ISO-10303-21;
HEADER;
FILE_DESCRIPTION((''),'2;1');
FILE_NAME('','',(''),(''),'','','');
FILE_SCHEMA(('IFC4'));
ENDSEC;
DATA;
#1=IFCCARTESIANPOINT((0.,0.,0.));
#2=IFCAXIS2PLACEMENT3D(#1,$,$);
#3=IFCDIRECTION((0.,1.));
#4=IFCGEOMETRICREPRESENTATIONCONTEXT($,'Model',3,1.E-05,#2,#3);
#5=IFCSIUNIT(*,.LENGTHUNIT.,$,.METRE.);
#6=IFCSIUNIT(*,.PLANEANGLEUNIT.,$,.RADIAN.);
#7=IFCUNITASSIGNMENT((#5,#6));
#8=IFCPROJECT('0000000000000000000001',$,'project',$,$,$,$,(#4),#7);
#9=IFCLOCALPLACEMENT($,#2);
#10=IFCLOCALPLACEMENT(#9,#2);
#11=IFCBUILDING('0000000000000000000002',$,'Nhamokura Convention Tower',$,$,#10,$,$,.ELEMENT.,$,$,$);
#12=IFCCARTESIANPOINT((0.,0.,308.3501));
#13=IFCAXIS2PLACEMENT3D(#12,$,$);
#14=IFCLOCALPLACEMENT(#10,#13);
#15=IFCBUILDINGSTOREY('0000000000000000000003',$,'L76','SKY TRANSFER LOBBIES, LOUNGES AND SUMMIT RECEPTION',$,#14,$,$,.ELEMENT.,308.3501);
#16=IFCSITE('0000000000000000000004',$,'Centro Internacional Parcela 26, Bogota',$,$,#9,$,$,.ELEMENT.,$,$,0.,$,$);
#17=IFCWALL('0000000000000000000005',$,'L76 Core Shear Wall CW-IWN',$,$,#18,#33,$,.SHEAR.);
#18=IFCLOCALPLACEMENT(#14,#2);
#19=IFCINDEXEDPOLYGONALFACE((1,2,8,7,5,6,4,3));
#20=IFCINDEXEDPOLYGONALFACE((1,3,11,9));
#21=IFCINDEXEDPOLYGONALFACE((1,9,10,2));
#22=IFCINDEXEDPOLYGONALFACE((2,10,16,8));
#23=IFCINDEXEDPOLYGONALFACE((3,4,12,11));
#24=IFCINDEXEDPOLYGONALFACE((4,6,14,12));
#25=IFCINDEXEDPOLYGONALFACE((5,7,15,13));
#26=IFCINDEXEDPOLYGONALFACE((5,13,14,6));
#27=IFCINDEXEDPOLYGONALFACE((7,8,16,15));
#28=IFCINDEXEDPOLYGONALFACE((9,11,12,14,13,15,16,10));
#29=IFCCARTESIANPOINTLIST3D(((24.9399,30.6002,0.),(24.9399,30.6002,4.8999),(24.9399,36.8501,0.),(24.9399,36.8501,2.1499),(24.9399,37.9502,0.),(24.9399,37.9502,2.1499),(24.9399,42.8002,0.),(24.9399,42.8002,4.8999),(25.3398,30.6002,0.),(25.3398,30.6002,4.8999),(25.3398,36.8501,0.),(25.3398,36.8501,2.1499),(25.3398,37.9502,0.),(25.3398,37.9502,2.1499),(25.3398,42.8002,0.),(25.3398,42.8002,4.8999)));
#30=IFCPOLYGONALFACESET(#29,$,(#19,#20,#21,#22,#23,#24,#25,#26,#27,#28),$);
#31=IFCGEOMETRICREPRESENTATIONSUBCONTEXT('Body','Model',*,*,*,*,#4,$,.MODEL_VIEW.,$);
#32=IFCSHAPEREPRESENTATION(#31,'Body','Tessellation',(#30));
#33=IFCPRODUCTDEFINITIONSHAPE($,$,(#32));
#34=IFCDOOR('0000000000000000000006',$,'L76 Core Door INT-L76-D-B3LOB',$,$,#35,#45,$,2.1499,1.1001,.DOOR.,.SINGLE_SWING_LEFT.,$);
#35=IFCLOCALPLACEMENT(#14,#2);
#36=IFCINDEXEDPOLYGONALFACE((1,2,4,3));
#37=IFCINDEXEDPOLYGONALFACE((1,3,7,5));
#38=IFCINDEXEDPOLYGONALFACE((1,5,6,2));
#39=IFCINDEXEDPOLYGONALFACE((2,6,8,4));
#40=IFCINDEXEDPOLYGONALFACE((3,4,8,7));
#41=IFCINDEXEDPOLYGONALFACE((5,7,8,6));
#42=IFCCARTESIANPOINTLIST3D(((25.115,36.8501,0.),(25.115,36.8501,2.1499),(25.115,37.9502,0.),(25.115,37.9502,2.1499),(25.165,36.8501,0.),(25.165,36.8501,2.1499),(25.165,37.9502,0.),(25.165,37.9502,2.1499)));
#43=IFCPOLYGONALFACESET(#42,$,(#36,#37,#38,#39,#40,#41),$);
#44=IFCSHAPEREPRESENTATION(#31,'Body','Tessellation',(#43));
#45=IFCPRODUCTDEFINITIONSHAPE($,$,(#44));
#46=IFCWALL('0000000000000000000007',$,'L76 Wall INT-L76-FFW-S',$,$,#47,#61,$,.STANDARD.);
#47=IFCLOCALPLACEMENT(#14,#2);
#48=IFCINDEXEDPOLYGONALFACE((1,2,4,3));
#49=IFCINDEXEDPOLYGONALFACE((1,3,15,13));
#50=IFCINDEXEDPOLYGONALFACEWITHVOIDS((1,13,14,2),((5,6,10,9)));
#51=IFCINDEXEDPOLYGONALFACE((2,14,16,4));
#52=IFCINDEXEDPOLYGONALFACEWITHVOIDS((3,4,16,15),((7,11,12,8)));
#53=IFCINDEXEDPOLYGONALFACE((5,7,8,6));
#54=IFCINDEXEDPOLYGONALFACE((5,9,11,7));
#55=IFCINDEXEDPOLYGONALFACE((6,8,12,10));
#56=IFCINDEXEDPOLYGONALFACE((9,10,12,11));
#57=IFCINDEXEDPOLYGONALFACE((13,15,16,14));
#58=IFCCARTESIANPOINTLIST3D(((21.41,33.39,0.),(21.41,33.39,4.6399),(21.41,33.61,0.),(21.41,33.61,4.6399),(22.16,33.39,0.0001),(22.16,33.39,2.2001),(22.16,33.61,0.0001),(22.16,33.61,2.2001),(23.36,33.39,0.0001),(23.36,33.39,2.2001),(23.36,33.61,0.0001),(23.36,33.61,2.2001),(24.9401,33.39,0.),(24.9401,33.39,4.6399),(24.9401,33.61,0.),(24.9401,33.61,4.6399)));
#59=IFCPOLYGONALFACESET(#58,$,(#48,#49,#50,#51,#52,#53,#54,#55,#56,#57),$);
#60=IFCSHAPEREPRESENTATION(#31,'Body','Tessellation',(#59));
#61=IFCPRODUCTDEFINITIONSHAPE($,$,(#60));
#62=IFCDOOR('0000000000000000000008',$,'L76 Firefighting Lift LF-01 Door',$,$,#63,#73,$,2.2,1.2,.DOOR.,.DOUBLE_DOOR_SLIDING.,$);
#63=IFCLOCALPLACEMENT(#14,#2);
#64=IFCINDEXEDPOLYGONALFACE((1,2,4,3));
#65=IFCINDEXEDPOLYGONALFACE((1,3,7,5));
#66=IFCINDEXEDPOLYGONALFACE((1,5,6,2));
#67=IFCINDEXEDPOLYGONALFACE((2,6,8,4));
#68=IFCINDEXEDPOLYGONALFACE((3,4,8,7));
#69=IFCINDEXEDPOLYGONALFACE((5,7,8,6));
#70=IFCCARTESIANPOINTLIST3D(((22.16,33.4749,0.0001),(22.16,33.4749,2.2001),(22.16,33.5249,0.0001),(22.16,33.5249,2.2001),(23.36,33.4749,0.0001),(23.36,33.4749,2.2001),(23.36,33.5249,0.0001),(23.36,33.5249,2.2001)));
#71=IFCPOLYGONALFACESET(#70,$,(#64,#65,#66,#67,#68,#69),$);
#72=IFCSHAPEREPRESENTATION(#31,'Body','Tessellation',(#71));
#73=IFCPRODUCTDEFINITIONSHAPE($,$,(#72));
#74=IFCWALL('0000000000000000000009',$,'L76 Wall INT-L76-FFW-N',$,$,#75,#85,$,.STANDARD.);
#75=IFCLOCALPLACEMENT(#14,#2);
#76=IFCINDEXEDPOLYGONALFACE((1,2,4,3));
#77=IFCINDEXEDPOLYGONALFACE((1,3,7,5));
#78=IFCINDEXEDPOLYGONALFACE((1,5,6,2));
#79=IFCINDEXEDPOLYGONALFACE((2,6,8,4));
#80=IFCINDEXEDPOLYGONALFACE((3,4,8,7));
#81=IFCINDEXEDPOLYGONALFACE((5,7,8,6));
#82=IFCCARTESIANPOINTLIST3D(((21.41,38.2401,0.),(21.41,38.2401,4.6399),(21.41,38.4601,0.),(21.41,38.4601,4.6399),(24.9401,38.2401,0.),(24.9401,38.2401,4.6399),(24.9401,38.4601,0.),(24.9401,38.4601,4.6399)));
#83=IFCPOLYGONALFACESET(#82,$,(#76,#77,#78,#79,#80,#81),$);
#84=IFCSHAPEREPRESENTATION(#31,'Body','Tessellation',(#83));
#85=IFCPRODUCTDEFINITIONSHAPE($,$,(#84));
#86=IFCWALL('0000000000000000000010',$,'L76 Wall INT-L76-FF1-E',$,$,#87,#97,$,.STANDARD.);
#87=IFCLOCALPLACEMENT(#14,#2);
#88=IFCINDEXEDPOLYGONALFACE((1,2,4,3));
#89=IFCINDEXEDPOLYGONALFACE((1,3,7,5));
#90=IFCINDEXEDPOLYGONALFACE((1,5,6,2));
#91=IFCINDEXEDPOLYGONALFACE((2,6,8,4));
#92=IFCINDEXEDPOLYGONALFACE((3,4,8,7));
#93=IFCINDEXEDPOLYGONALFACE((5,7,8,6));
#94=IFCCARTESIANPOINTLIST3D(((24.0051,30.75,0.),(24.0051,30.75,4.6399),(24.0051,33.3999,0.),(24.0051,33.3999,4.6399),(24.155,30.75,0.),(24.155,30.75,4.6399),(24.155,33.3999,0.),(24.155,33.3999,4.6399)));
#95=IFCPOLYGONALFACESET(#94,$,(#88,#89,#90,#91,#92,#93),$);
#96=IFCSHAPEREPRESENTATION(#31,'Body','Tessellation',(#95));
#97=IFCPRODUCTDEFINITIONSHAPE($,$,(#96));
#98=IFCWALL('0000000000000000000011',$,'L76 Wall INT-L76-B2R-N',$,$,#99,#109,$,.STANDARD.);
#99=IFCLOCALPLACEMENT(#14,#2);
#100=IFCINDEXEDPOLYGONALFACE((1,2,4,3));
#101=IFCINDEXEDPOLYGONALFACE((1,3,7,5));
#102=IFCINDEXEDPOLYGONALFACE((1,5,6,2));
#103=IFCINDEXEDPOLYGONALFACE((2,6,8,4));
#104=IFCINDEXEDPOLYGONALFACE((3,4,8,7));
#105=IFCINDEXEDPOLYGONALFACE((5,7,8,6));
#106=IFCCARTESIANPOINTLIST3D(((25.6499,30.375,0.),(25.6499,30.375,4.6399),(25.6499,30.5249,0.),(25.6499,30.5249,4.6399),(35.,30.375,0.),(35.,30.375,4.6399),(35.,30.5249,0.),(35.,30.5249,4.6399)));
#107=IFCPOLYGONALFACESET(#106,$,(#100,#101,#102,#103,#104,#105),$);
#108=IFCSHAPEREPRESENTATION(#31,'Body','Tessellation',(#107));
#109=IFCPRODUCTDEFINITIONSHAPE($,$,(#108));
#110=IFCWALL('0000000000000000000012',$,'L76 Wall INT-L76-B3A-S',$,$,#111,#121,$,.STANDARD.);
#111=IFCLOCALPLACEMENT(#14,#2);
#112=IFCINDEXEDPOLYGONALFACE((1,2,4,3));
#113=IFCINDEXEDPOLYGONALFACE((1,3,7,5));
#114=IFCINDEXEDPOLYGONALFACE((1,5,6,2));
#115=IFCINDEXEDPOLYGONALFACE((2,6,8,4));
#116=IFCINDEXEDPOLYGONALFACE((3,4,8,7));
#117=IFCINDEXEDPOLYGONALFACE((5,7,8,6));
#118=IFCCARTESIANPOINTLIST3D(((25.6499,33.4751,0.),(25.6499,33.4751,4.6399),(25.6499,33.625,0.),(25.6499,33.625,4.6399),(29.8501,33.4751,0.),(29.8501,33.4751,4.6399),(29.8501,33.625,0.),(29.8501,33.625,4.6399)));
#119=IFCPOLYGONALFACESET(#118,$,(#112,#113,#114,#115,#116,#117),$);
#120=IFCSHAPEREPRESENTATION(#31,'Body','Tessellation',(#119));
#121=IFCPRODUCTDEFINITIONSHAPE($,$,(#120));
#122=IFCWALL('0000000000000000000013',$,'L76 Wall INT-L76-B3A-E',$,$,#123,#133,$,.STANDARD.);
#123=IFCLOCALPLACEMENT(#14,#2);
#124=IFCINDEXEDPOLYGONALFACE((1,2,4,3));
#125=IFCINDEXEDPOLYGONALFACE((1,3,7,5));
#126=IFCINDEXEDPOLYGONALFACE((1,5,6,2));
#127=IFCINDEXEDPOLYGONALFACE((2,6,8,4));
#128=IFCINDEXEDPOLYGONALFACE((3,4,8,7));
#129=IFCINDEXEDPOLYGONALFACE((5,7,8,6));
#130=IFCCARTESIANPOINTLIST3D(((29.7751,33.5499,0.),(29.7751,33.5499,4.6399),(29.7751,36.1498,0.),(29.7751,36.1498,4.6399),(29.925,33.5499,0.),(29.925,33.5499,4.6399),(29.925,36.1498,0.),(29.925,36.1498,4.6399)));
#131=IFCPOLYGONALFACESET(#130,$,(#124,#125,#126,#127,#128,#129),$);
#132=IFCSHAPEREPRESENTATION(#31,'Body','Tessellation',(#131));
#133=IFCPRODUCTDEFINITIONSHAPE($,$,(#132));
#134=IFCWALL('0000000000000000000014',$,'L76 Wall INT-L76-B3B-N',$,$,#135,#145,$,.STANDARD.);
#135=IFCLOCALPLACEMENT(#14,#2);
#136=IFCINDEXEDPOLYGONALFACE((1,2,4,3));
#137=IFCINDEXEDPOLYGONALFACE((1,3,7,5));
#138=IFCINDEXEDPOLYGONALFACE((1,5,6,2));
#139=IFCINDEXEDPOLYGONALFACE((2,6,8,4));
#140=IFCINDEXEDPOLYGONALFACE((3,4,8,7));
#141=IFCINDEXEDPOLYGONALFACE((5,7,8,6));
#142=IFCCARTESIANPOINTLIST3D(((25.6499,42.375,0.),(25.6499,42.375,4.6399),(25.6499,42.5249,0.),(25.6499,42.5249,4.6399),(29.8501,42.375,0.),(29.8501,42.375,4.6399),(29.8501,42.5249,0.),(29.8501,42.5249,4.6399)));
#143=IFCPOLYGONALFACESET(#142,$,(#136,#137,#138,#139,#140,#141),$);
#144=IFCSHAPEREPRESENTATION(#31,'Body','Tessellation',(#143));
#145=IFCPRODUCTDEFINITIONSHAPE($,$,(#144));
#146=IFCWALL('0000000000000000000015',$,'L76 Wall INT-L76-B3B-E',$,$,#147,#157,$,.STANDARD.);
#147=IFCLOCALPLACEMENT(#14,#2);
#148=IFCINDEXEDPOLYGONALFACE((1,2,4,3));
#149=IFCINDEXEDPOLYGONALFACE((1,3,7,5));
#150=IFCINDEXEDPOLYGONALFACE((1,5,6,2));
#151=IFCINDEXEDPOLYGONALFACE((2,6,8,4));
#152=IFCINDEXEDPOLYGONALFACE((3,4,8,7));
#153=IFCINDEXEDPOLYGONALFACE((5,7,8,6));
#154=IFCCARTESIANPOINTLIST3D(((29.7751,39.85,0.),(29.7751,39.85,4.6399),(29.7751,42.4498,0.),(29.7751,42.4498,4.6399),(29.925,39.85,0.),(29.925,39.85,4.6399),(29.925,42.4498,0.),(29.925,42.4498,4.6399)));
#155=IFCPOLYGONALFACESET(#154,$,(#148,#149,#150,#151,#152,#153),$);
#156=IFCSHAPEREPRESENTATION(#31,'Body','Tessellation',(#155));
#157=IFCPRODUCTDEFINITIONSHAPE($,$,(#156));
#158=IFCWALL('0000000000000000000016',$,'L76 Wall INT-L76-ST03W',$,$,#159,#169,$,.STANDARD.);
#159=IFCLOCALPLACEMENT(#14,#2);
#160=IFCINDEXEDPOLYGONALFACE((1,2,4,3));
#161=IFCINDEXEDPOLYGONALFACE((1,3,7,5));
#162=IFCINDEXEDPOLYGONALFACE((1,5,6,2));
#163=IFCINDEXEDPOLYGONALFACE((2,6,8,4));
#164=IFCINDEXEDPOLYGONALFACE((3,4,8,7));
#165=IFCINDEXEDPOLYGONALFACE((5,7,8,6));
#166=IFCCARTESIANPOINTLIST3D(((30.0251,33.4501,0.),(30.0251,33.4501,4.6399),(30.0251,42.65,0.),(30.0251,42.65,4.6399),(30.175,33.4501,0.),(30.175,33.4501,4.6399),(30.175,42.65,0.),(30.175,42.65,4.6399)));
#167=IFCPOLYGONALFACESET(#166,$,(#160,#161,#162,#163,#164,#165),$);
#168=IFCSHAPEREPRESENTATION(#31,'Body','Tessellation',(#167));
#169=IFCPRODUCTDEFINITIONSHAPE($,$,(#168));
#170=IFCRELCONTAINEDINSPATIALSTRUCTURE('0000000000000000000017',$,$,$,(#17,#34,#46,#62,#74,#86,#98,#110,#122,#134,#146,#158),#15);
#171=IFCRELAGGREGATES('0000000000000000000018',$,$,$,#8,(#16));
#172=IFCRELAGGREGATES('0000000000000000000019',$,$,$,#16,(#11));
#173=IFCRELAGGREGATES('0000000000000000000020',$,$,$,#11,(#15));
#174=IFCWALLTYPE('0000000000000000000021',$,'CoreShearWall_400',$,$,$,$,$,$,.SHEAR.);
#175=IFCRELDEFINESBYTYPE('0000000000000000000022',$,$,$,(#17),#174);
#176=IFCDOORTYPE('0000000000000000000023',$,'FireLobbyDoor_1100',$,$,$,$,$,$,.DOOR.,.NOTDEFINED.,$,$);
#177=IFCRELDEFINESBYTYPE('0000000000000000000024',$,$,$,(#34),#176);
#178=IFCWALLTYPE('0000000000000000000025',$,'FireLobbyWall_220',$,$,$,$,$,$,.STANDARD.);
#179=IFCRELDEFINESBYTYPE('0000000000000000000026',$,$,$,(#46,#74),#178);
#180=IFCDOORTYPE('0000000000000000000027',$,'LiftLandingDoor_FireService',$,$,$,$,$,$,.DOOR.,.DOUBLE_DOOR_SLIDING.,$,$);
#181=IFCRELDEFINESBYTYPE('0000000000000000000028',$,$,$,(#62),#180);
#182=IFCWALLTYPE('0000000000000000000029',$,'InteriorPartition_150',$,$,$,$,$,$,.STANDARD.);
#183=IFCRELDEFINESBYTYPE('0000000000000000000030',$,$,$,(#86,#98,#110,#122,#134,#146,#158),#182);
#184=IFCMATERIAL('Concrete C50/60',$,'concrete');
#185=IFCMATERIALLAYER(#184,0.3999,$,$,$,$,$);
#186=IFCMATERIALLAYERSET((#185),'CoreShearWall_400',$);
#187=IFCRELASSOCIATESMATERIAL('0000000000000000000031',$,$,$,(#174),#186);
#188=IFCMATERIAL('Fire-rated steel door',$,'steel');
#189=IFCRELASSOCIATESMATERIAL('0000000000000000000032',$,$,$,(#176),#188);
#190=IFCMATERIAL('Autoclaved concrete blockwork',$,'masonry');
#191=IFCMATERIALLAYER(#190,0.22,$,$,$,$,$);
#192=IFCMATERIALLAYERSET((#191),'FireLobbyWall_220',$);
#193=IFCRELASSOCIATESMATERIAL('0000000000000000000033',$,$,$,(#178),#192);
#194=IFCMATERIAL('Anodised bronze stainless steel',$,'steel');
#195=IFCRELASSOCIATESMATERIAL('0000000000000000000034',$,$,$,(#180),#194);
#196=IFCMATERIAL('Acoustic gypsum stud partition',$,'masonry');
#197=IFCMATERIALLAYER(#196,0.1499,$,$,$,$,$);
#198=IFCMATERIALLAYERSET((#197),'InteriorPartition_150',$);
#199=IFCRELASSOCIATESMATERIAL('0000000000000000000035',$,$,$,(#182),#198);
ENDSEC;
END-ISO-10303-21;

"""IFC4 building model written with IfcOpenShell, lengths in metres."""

from ifc_helpers import new_model, si_unit, direction, frame, frame_2d, origin, place, context, subcontext, project, spatial, rectangle, extrude, material, layer, layer_set, type_object, element, fill, save


model = new_model("IFC4")

# Units and contexts
model_context = context("Model", 3, precision=1e-05, world=origin(), true_north=direction((0.0, 1.0)))
body_context = subcontext(model_context, "Body", "Model", "MODEL_VIEW")
ifc_project = project(units=[si_unit("LENGTHUNIT", "METRE"), si_unit("PLANEANGLEUNIT", "RADIAN")], contexts=[model_context])

# Site, building, storey
site_placement = place(None, origin())
site = spatial("IfcSite", under=ifc_project, at=site_placement, Name="Centro Internacional Parcela 26, Bogota", CompositionType="ELEMENT", RefElevation=0.0)
building_placement = place(site_placement, origin())
building = spatial("IfcBuilding", under=site, at=building_placement, Name="Nhamokura Convention Tower", CompositionType="ELEMENT")
storey_placement = place(building_placement, frame((0.0, 0.0, 308.3501)))
storey = spatial("IfcBuildingStorey", under=building, at=storey_placement, Name="L76", Description="SKY TRANSFER LOBBIES, LOUNGES AND SUMMIT RECEPTION", CompositionType="ELEMENT", Elevation=308.3501)

# Shared definitions
ifc_material_1 = material(Name="Concrete C50/60", Category="concrete")
ifc_layer_1 = layer(ifc_material_1, 0.3999)
ifc_layer_set_1 = layer_set([ifc_layer_1], Name="CoreShearWall_400")
wall_type_1 = type_object("IfcWallType", Name="CoreShearWall_400", PredefinedType="SHEAR", material=ifc_layer_set_1)
ifc_material_2 = material(Name="Fire-rated steel door", Category="steel")
door_type_1 = type_object("IfcDoorType", Name="FireLobbyDoor_1100", OperationType="NOTDEFINED", PredefinedType="DOOR", material=ifc_material_2)

# Walls, openings, doors
wall_1_placement = place(storey_placement, frame((25.1399, 30.6001, 0.0), z_axis=(0.0, 0.0, 1.0), x_axis=(0.0, 1.0, 0.0)))
wall_1 = element("IfcWall", 1, at=wall_1_placement, inside=storey, type_object=wall_type_1, Name="L76 Core Shear Wall CW-IWN", PredefinedType="SHEAR", context=body_context, shape_type="SweptSolid", body=[
    extrude(rectangle(XDim=12.2, YDim=0.3999, at=frame_2d((6.1001, 0.0))), origin(), (0.0, 0.0, 1.0), 4.8999),
])
opening_1_placement = place(wall_1_placement, frame((6.25, 0.0, 0.0)))
opening_1 = element("IfcOpeningElement", 2, at=opening_1_placement, cuts=wall_1, PredefinedType="OPENING", context=body_context, shape_type="SweptSolid", body=[
    extrude(rectangle(XDim=1.1001, YDim=2.1499, at=frame_2d((0.55, 1.075))), frame((0.0, 0.21, 0.0), z_axis=(0.0, -1.0, 0.0), x_axis=(1.0, 0.0, 0.0)), (0.0, 0.0, 1.0), 0.4199),
])
door_1_placement = place(opening_1_placement, origin())
door_1 = element("IfcDoor", 3, at=door_1_placement, inside=storey, type_object=door_type_1, Name="L76 Core Door INT-L76-D-B3LOB", OperationType="SINGLE_SWING_LEFT", OverallHeight=2.1499, OverallWidth=1.1001, PredefinedType="DOOR", context=body_context, shape_type="SweptSolid", body=[
    extrude(rectangle(XDim=1.1001, YDim=2.1499, at=frame_2d((0.55, 1.075))), frame((0.0, 0.0249, 0.0), z_axis=(0.0, -1.0, 0.0), x_axis=(1.0, 0.0, 0.0)), (0.0, 0.0, 1.0), 0.05),
])
fill(opening_1, door_1)
ifc_material_3 = material(Name="Autoclaved concrete blockwork", Category="masonry")
ifc_layer_2 = layer(ifc_material_3, 0.22)
ifc_layer_set_2 = layer_set([ifc_layer_2], Name="FireLobbyWall_220")
wall_type_2 = type_object("IfcWallType", Name="FireLobbyWall_220", PredefinedType="STANDARD", material=ifc_layer_set_2)
wall_2_placement = place(storey_placement, frame((21.4099, 33.5, 0.0), z_axis=(0.0, 0.0, 1.0), x_axis=(1.0, 0.0, 0.0)))
wall_2 = element("IfcWall", 4, at=wall_2_placement, inside=storey, type_object=wall_type_2, Name="L76 Wall INT-L76-FFW-S", PredefinedType="STANDARD", context=body_context, shape_type="SweptSolid", body=[
    extrude(rectangle(XDim=3.53, YDim=0.22, at=frame_2d((1.7651, 0.0))), origin(), (0.0, 0.0, 1.0), 4.6399),
])
opening_2_placement = place(wall_2_placement, frame((0.75, 0.0, 0.0)))
opening_2 = element("IfcOpeningElement", 5, at=opening_2_placement, cuts=wall_2, PredefinedType="OPENING", context=body_context, shape_type="SweptSolid", body=[
    extrude(rectangle(XDim=1.2, YDim=2.2, at=frame_2d((0.6001, 1.1001))), frame((0.0, 0.1199, 0.0), z_axis=(0.0, -1.0, 0.0), x_axis=(1.0, 0.0, 0.0)), (0.0, 0.0, 1.0), 0.24),
])
ifc_material_4 = material(Name="Anodised bronze stainless steel", Category="steel")
door_type_2 = type_object("IfcDoorType", Name="LiftLandingDoor_FireService", OperationType="DOUBLE_DOOR_SLIDING", PredefinedType="DOOR", material=ifc_material_4)
door_2_placement = place(opening_2_placement, origin())
door_2 = element("IfcDoor", 6, at=door_2_placement, inside=storey, type_object=door_type_2, Name="L76 Firefighting Lift LF-01 Door", OperationType="DOUBLE_DOOR_SLIDING", OverallHeight=2.2, OverallWidth=1.2, PredefinedType="DOOR", context=body_context, shape_type="SweptSolid", body=[
    extrude(rectangle(XDim=1.2, YDim=2.2, at=frame_2d((0.6001, 1.1001))), frame((0.0, 0.0249, 0.0), z_axis=(0.0, -1.0, 0.0), x_axis=(1.0, 0.0, 0.0)), (0.0, 0.0, 1.0), 0.05),
])
fill(opening_2, door_2)

# Wall
wall_3_placement = place(storey_placement, frame((21.4099, 38.3501, 0.0), z_axis=(0.0, 0.0, 1.0), x_axis=(1.0, 0.0, 0.0)))
element("IfcWall", 7, at=wall_3_placement, inside=storey, type_object=wall_type_2, Name="L76 Wall INT-L76-FFW-N", PredefinedType="STANDARD", context=body_context, shape_type="SweptSolid", body=[
    extrude(rectangle(XDim=3.53, YDim=0.22, at=frame_2d((1.7651, 0.0))), origin(), (0.0, 0.0, 1.0), 4.6399),
])

# Walls
ifc_material_5 = material(Name="Acoustic gypsum stud partition", Category="masonry")
ifc_layer_3 = layer(ifc_material_5, 0.1499)
ifc_layer_set_3 = layer_set([ifc_layer_3], Name="InteriorPartition_150")
wall_type_3 = type_object("IfcWallType", Name="InteriorPartition_150", PredefinedType="STANDARD", material=ifc_layer_set_3)
wall_4_placement = place(storey_placement, frame((24.0801, 30.75, 0.0), z_axis=(0.0, 0.0, 1.0), x_axis=(0.0, 1.0, 0.0)))
element("IfcWall", 8, at=wall_4_placement, inside=storey, type_object=wall_type_3, Name="L76 Wall INT-L76-FF1-E", PredefinedType="STANDARD", context=body_context, shape_type="SweptSolid", body=[
    extrude(rectangle(XDim=2.6499, YDim=0.1499, at=frame_2d((1.325, 0.0))), origin(), (0.0, 0.0, 1.0), 4.6399),
])
wall_5_placement = place(storey_placement, frame((25.6499, 30.45, 0.0), z_axis=(0.0, 0.0, 1.0), x_axis=(1.0, 0.0, 0.0)))
element("IfcWall", 9, at=wall_5_placement, inside=storey, type_object=wall_type_3, Name="L76 Wall INT-L76-B2R-N", PredefinedType="STANDARD", context=body_context, shape_type="SweptSolid", body=[
    extrude(rectangle(XDim=9.3501, YDim=0.1499, at=frame_2d((4.675, 0.0))), origin(), (0.0, 0.0, 1.0), 4.6399),
])
wall_6_placement = place(storey_placement, frame((25.6499, 33.55, 0.0), z_axis=(0.0, 0.0, 1.0), x_axis=(1.0, 0.0, 0.0)))
element("IfcWall", 10, at=wall_6_placement, inside=storey, type_object=wall_type_3, Name="L76 Wall INT-L76-B3A-S", PredefinedType="STANDARD", context=body_context, shape_type="SweptSolid", body=[
    extrude(rectangle(XDim=4.2002, YDim=0.1499, at=frame_2d((2.1001, 0.0))), origin(), (0.0, 0.0, 1.0), 4.6399),
])
wall_7_placement = place(storey_placement, frame((29.8501, 33.55, 0.0), z_axis=(0.0, 0.0, 1.0), x_axis=(0.0, 1.0, 0.0)))
element("IfcWall", 11, at=wall_7_placement, inside=storey, type_object=wall_type_3, Name="L76 Wall INT-L76-B3A-E", PredefinedType="STANDARD", context=body_context, shape_type="SweptSolid", body=[
    extrude(rectangle(XDim=2.5999, YDim=0.1499, at=frame_2d((1.2998, 0.0))), origin(), (0.0, 0.0, 1.0), 4.6399),
])
wall_8_placement = place(storey_placement, frame((25.6499, 42.45, 0.0), z_axis=(0.0, 0.0, 1.0), x_axis=(1.0, 0.0, 0.0)))
element("IfcWall", 12, at=wall_8_placement, inside=storey, type_object=wall_type_3, Name="L76 Wall INT-L76-B3B-N", PredefinedType="STANDARD", context=body_context, shape_type="SweptSolid", body=[
    extrude(rectangle(XDim=4.2002, YDim=0.1499, at=frame_2d((2.1001, 0.0))), origin(), (0.0, 0.0, 1.0), 4.6399),
])
wall_9_placement = place(storey_placement, frame((29.8501, 39.8501, 0.0), z_axis=(0.0, 0.0, 1.0), x_axis=(0.0, 1.0, 0.0)))
element("IfcWall", 13, at=wall_9_placement, inside=storey, type_object=wall_type_3, Name="L76 Wall INT-L76-B3B-E", PredefinedType="STANDARD", context=body_context, shape_type="SweptSolid", body=[
    extrude(rectangle(XDim=2.5999, YDim=0.1499, at=frame_2d((1.2998, 0.0))), origin(), (0.0, 0.0, 1.0), 4.6399),
])
wall_10_placement = place(storey_placement, frame((30.1001, 33.45, 0.0), z_axis=(0.0, 0.0, 1.0), x_axis=(0.0, 1.0, 0.0)))
element("IfcWall", 14, at=wall_10_placement, inside=storey, type_object=wall_type_3, Name="L76 Wall INT-L76-ST03W", PredefinedType="STANDARD", context=body_context, shape_type="SweptSolid", body=[
    extrude(rectangle(XDim=9.2, YDim=0.1499, at=frame_2d((4.6001, 0.0))), origin(), (0.0, 0.0, 1.0), 4.6399),
])

save(model, "model.ifc")
